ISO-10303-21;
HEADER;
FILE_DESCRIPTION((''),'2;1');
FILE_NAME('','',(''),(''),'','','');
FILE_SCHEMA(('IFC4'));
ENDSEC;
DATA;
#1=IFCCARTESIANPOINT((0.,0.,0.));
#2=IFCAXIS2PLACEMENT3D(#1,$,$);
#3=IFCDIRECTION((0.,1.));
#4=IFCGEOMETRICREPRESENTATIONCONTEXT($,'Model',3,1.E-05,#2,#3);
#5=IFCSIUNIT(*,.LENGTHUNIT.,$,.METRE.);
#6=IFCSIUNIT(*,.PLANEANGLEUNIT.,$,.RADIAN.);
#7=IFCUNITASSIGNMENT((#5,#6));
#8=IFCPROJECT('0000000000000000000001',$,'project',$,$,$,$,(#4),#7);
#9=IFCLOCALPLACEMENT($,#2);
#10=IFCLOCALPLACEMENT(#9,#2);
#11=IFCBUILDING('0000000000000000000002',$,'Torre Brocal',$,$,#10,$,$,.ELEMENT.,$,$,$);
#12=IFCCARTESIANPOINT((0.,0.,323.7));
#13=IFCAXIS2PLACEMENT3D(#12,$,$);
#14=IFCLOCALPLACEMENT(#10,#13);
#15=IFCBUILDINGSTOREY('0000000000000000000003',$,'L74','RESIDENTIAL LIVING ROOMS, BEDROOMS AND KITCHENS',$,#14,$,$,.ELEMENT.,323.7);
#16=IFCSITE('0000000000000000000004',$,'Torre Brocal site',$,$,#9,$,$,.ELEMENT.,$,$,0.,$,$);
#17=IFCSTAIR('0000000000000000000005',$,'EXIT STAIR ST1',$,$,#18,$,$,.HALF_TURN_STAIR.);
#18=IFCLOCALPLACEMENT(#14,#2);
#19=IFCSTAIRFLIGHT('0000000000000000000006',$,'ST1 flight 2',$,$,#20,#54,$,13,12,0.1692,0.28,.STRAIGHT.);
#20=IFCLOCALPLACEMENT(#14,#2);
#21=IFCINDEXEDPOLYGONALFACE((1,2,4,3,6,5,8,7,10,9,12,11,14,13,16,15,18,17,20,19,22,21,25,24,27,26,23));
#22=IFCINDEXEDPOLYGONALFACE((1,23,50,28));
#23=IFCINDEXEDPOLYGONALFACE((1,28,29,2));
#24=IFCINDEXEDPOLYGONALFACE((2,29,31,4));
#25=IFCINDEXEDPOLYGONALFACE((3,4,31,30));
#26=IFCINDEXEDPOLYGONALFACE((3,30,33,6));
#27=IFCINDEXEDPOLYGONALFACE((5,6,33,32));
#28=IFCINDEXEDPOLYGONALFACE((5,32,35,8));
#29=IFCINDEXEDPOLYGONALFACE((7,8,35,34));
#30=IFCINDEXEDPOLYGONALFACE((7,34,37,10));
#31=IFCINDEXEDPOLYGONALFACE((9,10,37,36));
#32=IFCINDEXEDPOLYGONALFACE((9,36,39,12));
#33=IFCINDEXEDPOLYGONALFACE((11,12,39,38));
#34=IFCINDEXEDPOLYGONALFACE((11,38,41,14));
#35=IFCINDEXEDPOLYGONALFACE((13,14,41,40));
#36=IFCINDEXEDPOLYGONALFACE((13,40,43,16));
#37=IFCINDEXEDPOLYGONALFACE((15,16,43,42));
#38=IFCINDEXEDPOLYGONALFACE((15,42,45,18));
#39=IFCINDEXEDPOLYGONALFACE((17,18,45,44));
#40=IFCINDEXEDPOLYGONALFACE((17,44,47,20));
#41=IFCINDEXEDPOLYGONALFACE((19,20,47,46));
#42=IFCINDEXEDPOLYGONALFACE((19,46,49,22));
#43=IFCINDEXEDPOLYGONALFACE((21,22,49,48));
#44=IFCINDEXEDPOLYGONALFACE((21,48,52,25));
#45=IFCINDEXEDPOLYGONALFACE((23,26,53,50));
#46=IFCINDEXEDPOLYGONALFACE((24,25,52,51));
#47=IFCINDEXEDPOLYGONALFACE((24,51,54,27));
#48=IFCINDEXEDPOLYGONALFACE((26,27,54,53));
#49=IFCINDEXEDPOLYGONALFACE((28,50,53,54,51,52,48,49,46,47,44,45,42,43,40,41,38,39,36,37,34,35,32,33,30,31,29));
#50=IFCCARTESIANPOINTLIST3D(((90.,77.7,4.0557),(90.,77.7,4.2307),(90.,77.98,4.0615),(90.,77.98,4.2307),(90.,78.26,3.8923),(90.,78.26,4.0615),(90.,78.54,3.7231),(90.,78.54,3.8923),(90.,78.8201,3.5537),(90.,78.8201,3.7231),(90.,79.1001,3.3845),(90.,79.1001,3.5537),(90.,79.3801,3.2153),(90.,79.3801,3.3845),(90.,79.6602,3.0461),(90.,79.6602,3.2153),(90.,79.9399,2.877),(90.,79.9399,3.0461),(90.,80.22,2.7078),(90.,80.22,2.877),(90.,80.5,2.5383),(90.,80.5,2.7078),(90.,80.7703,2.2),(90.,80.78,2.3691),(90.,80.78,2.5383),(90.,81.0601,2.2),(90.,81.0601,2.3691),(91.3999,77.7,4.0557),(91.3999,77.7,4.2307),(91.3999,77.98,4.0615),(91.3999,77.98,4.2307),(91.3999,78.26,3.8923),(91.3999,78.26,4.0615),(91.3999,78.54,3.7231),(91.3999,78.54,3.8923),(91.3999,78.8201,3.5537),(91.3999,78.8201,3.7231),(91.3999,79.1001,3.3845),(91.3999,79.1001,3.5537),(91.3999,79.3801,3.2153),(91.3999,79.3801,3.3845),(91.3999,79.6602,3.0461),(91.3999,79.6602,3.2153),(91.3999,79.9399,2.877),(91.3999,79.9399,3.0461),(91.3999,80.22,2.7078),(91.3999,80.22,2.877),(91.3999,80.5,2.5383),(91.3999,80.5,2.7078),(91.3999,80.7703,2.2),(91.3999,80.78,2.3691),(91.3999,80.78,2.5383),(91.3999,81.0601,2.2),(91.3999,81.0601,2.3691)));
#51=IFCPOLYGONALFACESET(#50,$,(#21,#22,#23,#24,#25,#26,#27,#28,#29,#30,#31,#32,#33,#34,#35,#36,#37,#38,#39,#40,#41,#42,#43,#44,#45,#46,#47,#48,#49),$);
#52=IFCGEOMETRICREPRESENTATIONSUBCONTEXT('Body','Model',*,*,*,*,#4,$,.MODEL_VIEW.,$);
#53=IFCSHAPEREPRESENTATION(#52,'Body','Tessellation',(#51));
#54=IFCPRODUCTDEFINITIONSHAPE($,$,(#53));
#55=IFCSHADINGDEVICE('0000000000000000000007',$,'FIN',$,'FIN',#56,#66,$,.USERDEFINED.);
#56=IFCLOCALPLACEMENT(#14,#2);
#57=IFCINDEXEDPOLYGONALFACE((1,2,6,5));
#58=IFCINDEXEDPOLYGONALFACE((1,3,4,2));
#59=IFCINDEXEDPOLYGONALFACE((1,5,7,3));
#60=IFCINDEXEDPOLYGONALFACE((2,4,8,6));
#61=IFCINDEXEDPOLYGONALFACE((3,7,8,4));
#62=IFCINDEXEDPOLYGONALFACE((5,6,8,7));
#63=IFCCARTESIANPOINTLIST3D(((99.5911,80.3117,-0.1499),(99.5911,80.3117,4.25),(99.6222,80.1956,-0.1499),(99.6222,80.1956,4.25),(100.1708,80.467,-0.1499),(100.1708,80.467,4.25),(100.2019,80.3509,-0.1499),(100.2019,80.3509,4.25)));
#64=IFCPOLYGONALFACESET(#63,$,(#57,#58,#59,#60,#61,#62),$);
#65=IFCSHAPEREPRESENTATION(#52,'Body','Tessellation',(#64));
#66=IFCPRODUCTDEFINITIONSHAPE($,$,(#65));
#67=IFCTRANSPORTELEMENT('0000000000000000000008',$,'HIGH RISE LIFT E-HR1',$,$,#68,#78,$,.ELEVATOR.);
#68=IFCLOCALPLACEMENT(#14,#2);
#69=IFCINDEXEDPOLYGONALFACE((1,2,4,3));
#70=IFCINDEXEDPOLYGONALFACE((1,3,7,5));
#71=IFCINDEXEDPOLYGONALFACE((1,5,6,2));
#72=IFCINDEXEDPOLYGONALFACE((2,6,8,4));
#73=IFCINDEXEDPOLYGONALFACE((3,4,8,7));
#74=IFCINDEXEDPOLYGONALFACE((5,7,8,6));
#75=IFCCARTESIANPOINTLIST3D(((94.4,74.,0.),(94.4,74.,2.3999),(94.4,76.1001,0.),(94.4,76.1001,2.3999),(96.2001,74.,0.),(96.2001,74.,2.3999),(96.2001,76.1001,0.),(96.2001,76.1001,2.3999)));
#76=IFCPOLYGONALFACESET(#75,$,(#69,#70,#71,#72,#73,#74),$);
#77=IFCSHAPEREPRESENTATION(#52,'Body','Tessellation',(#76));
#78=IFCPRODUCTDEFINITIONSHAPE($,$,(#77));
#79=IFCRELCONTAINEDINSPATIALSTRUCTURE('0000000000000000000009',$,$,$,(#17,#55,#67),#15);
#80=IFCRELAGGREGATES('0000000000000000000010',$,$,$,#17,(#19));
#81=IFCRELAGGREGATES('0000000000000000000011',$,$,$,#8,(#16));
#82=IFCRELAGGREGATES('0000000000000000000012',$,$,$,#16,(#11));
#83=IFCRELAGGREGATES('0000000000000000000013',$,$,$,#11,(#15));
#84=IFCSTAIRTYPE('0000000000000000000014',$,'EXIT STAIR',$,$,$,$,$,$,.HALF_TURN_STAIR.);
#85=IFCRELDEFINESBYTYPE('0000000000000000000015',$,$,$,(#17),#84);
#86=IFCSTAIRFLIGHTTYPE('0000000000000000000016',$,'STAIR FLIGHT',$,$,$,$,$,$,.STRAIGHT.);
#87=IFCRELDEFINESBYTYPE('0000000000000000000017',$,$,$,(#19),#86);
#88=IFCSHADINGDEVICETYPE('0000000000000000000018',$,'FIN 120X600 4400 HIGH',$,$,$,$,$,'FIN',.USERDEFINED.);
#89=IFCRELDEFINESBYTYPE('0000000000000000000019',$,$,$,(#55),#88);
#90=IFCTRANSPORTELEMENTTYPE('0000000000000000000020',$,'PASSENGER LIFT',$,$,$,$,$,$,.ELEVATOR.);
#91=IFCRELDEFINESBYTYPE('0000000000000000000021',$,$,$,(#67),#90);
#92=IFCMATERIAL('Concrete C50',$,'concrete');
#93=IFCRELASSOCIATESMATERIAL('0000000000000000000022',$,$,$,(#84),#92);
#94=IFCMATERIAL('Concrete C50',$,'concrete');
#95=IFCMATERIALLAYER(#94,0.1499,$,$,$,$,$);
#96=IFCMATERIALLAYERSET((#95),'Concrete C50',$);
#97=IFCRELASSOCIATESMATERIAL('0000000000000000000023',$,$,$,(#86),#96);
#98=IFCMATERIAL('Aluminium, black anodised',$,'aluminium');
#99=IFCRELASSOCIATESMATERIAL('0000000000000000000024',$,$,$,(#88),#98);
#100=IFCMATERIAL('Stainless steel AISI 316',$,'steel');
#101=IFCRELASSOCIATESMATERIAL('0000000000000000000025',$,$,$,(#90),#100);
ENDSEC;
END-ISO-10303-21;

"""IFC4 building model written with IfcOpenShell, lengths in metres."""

from ifc_helpers import new_model, si_unit, direction, frame, origin, origin_2d, place, context, subcontext, project, spatial, polyline, rectangle, outline, extrude, material, layer, layer_set, material_profile, profile_set, type_object, element, aggregate, save


model = new_model("IFC4")

# Units and contexts
model_context = context("Model", 3, precision=1e-05, world=origin(), true_north=direction((0.0, 1.0)))
body_context = subcontext(model_context, "Body", "Model", "MODEL_VIEW")
ifc_project = project(units=[si_unit("LENGTHUNIT", "METRE"), si_unit("PLANEANGLEUNIT", "RADIAN")], contexts=[model_context])

# Site, building, storey
site_placement = place(None, origin())
site = spatial("IfcSite", under=ifc_project, at=site_placement, Name="Torre Brocal site", CompositionType="ELEMENT", RefElevation=0.0)
building_placement = place(site_placement, origin())
building = spatial("IfcBuilding", under=site, at=building_placement, Name="Torre Brocal", CompositionType="ELEMENT")
storey_placement = place(building_placement, frame((0.0, 0.0, 323.7)))
storey = spatial("IfcBuildingStorey", under=building, at=storey_placement, Name="L74", Description="RESIDENTIAL LIVING ROOMS, BEDROOMS AND KITCHENS", CompositionType="ELEMENT", Elevation=323.7)

# Stair, stair flight
ifc_material_1 = material(Name="Concrete C50", Category="concrete")
stair_type = type_object("IfcStairType", Name="EXIT STAIR", PredefinedType="HALF_TURN_STAIR", material=ifc_material_1)
stair_placement = place(storey_placement, origin())
stair = element("IfcStair", 1, at=stair_placement, inside=storey, type_object=stair_type, Name="EXIT STAIR ST1", PredefinedType="HALF_TURN_STAIR")
ifc_material_2 = material(Name="Concrete C50", Category="concrete")
ifc_layer_1 = layer(ifc_material_2, 0.1499)
ifc_layer_set_1 = layer_set([ifc_layer_1], Name="Concrete C50")
stair_flight_type = type_object("IfcStairFlightType", Name="STAIR FLIGHT", PredefinedType="STRAIGHT", material=ifc_layer_set_1)
stair_flight_placement = place(storey_placement, frame((90.7, 81.0601, 2.2), z_axis=(0.0, 0.0, 1.0), x_axis=(0.0, -1.0, 0.0)))
stair_flight = element("IfcStairFlight", 2, at=stair_flight_placement, type_object=stair_flight_type, Name="ST1 flight 2", NumberOfRisers=13, NumberOfTreads=12, PredefinedType="STRAIGHT", RiserHeight=0.1692, TreadLength=0.28, context=body_context, shape_type="SweptSolid", body=[
    extrude(outline(polyline([(0.0, 0.0), (0.0, 0.1692), (0.28, 0.1692), (0.28, 0.3384), (0.5601, 0.3384), (0.5601, 0.5078), (0.8401, 0.5078), (0.8401, 0.677), (1.1201, 0.677), (1.1201, 0.8462), (1.3999, 0.8462), (1.3999, 1.0154), (1.6799, 1.0154), (1.6799, 1.1846), (1.96, 1.1846), (1.96, 1.3538), (2.24, 1.3538), (2.24, 1.5232), (2.52, 1.5232), (2.52, 1.6924), (2.8, 1.6924), (2.8, 1.8616), (3.0801, 1.8616), (3.0801, 2.0308), (3.3601, 2.0308), (3.3601, 2.2), (3.3601, 1.8557), (0.2898, 0.0), (0.0, 0.0)])), frame((0.0, 0.7, 0.0), z_axis=(0.0, -1.0, 0.0), x_axis=(1.0, 0.0, 0.0)), (0.0, 0.0, 1.0), 1.3999),
])
aggregate(stair, [stair_flight])

# Shading device
ifc_material_3 = material(Name="Aluminium, black anodised", Category="aluminium")
ifc_material_profile_1 = material_profile(ifc_material_3, rectangle(XDim=0.1201, YDim=0.6001, at=origin_2d()), Name="FIN 120X600 4400 HIGH")
ifc_profile_set_1 = profile_set([ifc_material_profile_1], Name="Aluminium, black anodised")
shading_device_type = type_object("IfcShadingDeviceType", Name="FIN 120X600 4400 HIGH", ElementType="FIN", PredefinedType="USERDEFINED", material=ifc_profile_set_1)
shading_device_placement = place(storey_placement, frame((99.8965, 80.3313, -0.1499), z_axis=(0.0, 0.0, 1.0), x_axis=(-0.258819, 0.965926, 0.0)))
element("IfcShadingDevice", 3, at=shading_device_placement, inside=storey, type_object=shading_device_type, Name="FIN", ObjectType="FIN", PredefinedType="USERDEFINED", context=body_context, shape_type="SweptSolid", body=[
    extrude(rectangle(XDim=0.1201, YDim=0.6001, at=origin_2d()), origin(), (0.0, 0.0, 1.0), 4.3999),
])

# Transport element
ifc_material_4 = material(Name="Stainless steel AISI 316", Category="steel")
transport_element_type = type_object("IfcTransportElementType", Name="PASSENGER LIFT", PredefinedType="ELEVATOR", material=ifc_material_4)
transport_element_placement = place(storey_placement, frame((95.3, 75.05, 0.0), z_axis=(0.0, 0.0, 1.0), x_axis=(1.0, 0.0, 0.0)))
element("IfcTransportElement", 4, at=transport_element_placement, inside=storey, type_object=transport_element_type, Name="HIGH RISE LIFT E-HR1", PredefinedType="ELEVATOR", context=body_context, shape_type="SweptSolid", body=[
    extrude(rectangle(XDim=1.8, YDim=2.1001, at=origin_2d()), origin(), (0.0, 0.0, 1.0), 2.3999),
])

save(model, "model.ifc")
